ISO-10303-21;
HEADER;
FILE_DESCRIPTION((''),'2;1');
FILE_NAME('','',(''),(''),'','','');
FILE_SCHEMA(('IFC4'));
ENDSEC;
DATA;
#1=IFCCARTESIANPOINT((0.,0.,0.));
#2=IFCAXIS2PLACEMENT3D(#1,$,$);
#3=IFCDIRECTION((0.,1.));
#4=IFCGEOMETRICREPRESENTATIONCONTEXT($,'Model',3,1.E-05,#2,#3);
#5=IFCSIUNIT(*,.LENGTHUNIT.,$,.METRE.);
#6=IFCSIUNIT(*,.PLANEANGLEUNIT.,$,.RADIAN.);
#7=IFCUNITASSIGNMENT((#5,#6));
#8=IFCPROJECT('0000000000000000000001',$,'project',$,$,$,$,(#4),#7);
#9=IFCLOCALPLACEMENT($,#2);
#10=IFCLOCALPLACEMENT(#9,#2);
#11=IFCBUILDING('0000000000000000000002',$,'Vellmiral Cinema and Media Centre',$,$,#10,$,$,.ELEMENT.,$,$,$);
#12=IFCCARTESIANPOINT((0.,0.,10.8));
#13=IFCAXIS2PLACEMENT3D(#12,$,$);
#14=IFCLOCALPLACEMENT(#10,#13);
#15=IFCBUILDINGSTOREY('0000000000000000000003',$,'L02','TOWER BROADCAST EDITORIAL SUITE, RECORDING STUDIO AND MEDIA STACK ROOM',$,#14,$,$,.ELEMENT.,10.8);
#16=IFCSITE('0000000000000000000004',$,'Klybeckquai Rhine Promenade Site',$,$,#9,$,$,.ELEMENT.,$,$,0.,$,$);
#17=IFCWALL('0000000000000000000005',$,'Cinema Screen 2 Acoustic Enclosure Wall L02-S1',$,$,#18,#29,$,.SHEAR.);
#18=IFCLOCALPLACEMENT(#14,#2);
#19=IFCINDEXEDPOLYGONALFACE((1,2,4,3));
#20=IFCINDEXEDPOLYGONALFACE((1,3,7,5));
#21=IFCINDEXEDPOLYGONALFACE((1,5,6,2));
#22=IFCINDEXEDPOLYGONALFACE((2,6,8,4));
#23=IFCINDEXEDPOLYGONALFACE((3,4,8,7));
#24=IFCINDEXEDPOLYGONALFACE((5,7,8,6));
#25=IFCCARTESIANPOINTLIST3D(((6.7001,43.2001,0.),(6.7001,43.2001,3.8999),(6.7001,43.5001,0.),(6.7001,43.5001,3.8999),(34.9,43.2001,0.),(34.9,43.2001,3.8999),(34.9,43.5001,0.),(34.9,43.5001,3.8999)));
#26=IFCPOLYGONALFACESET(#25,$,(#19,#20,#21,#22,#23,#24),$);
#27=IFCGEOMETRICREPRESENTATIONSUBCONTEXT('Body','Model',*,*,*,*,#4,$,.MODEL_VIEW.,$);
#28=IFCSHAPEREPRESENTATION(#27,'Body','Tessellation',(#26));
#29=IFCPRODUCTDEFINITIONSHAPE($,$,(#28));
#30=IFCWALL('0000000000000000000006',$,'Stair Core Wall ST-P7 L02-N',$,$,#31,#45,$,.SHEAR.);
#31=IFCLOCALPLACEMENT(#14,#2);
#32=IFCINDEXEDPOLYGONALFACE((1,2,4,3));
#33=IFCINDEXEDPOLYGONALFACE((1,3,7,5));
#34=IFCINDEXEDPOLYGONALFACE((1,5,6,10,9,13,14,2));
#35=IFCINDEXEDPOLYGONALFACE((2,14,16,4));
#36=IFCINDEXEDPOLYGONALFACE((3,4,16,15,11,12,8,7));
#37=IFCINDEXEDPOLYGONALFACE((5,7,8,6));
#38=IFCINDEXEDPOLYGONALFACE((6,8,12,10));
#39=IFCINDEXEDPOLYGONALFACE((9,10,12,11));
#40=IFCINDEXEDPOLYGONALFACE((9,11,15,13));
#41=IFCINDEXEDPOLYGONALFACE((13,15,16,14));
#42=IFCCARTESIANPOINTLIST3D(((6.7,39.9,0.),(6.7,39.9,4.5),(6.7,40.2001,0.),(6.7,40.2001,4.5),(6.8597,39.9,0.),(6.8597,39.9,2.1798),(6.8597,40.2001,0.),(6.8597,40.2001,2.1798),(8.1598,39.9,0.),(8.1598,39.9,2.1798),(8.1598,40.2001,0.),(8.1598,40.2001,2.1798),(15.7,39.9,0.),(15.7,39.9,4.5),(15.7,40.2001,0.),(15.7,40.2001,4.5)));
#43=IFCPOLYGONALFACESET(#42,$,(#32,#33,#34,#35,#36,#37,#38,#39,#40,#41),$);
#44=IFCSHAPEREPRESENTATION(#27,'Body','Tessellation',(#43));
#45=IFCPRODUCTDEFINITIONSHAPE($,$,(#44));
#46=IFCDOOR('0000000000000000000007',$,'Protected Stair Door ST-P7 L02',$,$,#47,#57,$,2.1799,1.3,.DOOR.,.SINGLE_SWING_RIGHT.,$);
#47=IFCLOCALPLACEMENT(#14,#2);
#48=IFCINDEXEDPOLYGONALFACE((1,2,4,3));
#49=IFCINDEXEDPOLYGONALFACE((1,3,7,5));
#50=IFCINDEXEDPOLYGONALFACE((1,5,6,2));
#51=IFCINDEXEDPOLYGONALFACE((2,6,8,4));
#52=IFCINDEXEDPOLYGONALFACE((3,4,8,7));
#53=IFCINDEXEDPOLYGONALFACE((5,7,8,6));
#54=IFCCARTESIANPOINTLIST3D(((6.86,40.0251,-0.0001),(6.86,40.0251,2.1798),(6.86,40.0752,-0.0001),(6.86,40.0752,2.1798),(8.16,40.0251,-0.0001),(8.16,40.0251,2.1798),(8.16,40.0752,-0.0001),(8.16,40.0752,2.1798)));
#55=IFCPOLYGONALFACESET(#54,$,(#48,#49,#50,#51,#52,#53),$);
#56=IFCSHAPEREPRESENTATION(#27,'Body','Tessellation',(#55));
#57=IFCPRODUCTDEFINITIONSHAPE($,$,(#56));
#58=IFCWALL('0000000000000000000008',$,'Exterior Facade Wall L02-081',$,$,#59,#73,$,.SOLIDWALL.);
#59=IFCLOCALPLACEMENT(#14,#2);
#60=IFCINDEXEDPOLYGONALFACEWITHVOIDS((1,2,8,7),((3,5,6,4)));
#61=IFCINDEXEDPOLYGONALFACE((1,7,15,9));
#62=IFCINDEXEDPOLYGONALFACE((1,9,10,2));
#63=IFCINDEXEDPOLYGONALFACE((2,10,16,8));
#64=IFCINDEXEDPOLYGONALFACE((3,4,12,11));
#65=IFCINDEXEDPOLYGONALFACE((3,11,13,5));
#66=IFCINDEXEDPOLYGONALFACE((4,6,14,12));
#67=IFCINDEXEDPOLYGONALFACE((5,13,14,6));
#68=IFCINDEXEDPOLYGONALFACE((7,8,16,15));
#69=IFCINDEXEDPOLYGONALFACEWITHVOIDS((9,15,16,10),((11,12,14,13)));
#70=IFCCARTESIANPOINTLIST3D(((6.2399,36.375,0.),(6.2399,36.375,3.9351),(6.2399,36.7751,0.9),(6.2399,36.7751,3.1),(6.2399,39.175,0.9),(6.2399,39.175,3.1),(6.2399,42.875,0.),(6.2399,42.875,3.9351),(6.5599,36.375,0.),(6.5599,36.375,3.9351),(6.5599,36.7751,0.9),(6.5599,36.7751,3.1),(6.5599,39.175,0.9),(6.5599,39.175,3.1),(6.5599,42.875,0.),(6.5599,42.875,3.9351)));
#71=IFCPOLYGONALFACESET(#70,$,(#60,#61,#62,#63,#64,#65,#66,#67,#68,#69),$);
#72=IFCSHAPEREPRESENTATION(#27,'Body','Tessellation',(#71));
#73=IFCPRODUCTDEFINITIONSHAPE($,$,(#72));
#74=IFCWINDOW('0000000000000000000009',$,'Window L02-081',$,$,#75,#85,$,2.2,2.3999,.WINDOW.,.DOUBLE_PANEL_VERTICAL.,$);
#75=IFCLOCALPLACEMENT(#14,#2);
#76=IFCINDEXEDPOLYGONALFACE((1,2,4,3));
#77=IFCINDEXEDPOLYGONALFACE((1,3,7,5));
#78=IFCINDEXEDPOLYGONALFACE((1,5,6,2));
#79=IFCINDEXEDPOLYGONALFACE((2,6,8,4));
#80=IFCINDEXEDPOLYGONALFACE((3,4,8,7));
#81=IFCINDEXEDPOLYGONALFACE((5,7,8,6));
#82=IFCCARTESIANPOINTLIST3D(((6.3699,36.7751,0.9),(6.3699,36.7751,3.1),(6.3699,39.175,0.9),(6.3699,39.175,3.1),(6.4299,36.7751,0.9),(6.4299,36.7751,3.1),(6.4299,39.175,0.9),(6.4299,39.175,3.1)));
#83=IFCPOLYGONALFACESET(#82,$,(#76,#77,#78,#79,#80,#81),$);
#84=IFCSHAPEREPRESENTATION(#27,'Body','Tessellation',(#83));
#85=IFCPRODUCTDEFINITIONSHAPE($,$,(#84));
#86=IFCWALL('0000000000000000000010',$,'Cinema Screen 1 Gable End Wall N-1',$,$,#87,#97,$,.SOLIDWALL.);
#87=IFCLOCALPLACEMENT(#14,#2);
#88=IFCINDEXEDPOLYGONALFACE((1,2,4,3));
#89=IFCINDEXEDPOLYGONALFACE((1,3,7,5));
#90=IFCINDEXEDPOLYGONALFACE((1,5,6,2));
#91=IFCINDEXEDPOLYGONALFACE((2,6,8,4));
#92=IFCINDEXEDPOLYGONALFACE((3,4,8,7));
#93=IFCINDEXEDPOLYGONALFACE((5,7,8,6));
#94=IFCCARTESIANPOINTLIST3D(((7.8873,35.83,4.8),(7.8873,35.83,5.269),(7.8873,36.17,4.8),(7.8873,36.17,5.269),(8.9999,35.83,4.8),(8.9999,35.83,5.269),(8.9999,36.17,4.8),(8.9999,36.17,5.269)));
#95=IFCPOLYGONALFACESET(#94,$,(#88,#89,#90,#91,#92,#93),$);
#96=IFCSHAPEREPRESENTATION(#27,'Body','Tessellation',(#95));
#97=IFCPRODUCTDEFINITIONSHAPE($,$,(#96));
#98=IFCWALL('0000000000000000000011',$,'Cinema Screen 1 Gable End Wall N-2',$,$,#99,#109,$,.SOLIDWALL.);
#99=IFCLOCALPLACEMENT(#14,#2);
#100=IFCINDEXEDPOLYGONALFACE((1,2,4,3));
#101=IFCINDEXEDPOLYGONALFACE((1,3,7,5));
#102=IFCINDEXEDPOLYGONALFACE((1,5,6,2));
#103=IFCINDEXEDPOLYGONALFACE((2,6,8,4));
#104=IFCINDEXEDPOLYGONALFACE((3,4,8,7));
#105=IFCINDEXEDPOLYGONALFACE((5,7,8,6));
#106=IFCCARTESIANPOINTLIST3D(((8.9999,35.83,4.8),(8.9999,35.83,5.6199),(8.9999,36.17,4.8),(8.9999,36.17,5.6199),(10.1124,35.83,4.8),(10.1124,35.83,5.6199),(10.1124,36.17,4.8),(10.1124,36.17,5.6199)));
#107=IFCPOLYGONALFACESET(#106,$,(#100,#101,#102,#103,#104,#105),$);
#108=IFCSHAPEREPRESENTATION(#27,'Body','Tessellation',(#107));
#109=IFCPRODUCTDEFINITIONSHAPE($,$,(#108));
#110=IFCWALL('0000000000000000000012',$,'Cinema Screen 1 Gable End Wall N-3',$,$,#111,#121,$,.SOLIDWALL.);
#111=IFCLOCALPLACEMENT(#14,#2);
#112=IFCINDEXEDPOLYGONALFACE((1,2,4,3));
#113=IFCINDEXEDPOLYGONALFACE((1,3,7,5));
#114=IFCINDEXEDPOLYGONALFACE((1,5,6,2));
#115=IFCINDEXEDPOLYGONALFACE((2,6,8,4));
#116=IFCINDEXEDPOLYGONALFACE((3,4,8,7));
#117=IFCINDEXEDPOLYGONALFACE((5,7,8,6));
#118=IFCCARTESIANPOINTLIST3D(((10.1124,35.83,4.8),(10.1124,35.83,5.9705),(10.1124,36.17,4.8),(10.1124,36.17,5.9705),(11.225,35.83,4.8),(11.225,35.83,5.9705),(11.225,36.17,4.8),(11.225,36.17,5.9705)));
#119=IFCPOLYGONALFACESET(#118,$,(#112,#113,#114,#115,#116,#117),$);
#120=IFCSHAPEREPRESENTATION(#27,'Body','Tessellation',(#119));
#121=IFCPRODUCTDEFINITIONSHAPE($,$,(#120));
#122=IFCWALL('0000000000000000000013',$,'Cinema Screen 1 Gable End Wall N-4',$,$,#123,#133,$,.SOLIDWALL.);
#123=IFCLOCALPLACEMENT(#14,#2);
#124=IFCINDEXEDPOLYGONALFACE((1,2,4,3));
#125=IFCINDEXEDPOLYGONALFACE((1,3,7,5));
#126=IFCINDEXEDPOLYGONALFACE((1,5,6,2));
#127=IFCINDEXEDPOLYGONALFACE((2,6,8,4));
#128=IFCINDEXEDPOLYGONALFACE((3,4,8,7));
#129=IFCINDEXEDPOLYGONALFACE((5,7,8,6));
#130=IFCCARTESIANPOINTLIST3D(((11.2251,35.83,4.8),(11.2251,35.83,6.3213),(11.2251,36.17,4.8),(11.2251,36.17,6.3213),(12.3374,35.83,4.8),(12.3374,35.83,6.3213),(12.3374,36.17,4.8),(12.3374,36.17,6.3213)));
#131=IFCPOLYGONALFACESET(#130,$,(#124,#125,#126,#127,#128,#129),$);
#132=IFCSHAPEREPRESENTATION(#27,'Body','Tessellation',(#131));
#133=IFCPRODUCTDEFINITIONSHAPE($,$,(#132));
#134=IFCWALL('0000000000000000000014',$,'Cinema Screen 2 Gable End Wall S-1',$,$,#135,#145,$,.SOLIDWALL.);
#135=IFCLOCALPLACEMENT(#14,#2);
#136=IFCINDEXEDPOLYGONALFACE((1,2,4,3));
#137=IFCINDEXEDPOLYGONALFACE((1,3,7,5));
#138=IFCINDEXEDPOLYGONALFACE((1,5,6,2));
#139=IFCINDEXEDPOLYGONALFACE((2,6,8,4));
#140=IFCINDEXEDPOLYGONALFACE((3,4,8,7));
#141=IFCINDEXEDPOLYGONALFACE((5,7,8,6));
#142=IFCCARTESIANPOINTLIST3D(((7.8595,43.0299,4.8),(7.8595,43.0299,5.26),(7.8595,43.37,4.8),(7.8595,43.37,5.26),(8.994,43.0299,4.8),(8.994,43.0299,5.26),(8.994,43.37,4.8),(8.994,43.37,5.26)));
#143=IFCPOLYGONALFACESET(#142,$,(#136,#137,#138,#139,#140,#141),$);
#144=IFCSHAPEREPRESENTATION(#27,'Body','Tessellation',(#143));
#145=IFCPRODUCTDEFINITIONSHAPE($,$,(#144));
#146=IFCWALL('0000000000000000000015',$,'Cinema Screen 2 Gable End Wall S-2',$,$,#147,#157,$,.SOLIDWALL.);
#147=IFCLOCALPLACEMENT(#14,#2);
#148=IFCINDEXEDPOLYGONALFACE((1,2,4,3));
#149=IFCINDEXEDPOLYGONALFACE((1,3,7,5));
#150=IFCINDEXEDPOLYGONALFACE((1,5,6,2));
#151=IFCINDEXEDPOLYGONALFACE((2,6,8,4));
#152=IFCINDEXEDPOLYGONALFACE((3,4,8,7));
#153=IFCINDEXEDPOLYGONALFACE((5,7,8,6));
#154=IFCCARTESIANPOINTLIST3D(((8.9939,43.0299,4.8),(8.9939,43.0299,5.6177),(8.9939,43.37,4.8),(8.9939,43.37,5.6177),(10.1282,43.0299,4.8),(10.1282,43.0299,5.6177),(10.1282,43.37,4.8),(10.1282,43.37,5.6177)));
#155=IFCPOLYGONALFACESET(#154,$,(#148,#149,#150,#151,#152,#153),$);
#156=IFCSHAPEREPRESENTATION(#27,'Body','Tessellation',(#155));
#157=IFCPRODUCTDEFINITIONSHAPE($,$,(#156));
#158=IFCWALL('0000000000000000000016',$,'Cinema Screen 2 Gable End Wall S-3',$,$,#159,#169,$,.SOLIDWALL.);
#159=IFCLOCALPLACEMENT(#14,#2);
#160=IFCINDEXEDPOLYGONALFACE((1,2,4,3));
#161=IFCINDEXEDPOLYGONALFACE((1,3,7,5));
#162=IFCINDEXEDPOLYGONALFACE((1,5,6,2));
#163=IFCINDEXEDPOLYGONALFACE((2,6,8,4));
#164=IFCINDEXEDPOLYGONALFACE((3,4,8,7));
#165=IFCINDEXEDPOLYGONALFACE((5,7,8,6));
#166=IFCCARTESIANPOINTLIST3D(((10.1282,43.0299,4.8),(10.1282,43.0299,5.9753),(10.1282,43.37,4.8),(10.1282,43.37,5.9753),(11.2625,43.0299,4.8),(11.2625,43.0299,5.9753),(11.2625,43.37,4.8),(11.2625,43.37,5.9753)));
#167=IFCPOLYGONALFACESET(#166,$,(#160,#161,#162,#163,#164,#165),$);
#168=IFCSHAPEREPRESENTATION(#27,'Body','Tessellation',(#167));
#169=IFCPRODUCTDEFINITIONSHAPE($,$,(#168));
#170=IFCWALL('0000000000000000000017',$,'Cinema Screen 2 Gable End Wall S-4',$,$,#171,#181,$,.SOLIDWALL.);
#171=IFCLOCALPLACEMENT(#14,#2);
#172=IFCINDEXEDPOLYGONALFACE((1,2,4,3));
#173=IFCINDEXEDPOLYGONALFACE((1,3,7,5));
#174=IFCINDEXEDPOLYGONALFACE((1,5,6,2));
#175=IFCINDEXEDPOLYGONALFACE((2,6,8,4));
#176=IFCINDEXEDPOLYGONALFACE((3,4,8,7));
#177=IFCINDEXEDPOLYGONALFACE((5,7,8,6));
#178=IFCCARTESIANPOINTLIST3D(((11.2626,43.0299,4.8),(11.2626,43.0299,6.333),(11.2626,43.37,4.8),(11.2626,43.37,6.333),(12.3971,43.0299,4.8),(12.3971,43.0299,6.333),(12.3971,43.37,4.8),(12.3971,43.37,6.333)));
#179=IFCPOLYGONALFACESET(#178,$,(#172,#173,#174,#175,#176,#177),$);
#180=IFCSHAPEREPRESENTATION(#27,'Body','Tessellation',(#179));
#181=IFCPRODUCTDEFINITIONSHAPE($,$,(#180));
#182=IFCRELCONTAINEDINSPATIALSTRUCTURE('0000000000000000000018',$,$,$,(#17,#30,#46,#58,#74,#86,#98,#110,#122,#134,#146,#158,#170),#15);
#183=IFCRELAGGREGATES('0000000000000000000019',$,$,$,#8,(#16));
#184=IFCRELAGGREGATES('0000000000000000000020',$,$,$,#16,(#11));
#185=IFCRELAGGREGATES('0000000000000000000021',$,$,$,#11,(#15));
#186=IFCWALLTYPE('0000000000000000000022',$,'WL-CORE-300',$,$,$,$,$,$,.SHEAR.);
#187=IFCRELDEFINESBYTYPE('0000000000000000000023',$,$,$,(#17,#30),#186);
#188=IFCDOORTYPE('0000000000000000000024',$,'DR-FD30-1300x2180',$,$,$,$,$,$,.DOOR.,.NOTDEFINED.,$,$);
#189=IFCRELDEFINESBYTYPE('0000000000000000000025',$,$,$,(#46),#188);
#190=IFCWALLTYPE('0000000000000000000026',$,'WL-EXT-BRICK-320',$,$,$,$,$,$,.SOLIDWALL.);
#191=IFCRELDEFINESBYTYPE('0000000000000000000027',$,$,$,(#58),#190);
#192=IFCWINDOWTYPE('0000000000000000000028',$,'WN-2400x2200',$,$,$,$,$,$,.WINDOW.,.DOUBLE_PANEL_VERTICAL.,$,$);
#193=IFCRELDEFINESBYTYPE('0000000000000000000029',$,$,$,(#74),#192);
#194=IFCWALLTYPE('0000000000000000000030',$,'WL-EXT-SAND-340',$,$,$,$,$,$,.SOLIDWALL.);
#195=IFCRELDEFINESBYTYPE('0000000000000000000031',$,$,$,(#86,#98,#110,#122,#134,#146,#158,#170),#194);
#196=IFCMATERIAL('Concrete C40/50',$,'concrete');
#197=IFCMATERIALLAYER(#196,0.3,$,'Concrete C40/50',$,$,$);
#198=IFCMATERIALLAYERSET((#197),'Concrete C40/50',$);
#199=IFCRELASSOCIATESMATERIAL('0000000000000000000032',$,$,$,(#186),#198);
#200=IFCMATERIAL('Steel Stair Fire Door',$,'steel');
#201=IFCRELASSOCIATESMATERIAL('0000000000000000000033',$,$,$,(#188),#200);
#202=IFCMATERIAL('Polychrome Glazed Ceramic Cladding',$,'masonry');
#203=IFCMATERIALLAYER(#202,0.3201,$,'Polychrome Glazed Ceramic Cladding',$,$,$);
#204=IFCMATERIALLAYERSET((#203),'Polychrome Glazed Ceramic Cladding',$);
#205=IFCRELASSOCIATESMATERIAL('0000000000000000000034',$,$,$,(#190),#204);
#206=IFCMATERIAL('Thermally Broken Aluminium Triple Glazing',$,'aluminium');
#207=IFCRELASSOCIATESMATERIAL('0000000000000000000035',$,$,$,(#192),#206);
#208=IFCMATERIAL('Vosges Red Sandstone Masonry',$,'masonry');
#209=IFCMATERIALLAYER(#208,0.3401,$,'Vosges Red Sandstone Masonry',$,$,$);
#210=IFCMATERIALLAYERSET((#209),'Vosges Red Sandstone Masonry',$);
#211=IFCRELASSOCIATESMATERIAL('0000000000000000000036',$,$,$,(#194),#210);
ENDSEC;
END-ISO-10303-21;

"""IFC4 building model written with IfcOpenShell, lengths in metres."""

from ifc_helpers import new_model, si_unit, direction, frame, frame_2d, origin, place, context, subcontext, project, spatial, rectangle, extrude, material, layer, layer_set, type_object, element, fill, save


model = new_model("IFC4")

# Units and contexts
model_context = context("Model", 3, precision=1e-05, world=origin(), true_north=direction((0.0, 1.0)))
body_context = subcontext(model_context, "Body", "Model", "MODEL_VIEW")
ifc_project = project(units=[si_unit("LENGTHUNIT", "METRE"), si_unit("PLANEANGLEUNIT", "RADIAN")], contexts=[model_context])

# Site, building, storey
site_placement = place(None, origin())
site = spatial("IfcSite", under=ifc_project, at=site_placement, Name="Klybeckquai Rhine Promenade Site", CompositionType="ELEMENT", RefElevation=0.0)
building_placement = place(site_placement, origin())
building = spatial("IfcBuilding", under=site, at=building_placement, Name="Vellmiral Cinema and Media Centre", CompositionType="ELEMENT")
storey_placement = place(building_placement, frame((0.0, 0.0, 10.8)))
storey = spatial("IfcBuildingStorey", under=building, at=storey_placement, Name="L02", Description="TOWER BROADCAST EDITORIAL SUITE, RECORDING STUDIO AND MEDIA STACK ROOM", CompositionType="ELEMENT", Elevation=10.8)

# Wall
ifc_material_1 = material(Name="Concrete C40/50", Category="concrete")
ifc_layer_1 = layer(ifc_material_1, 0.3, Name="Concrete C40/50")
ifc_layer_set_1 = layer_set([ifc_layer_1], Name="Concrete C40/50")
wall_type_1 = type_object("IfcWallType", Name="WL-CORE-300", PredefinedType="SHEAR", material=ifc_layer_set_1)
wall_1_placement = place(storey_placement, frame((6.7, 43.3501, 0.0), z_axis=(0.0, 0.0, 1.0), x_axis=(1.0, 0.0, 0.0)))
element("IfcWall", 1, at=wall_1_placement, inside=storey, type_object=wall_type_1, Name="Cinema Screen 2 Acoustic Enclosure Wall L02-S1", PredefinedType="SHEAR", context=body_context, shape_type="SweptSolid", body=[
    extrude(rectangle(XDim=28.2, YDim=0.3, at=frame_2d((14.1001, 0.0))), origin(), (0.0, 0.0, 1.0), 3.8999),
])

# Wall, opening, door
wall_2_placement = place(storey_placement, frame((6.7, 40.05, 0.0), z_axis=(0.0, 0.0, 1.0), x_axis=(1.0, 0.0, 0.0)))
wall_2 = element("IfcWall", 2, at=wall_2_placement, inside=storey, type_object=wall_type_1, Name="Stair Core Wall ST-P7 L02-N", PredefinedType="SHEAR", context=body_context, shape_type="SweptSolid", body=[
    extrude(rectangle(XDim=9.0, YDim=0.3, at=frame_2d((4.5, 0.0))), origin(), (0.0, 0.0, 1.0), 4.5),
])
opening_1_placement = place(wall_2_placement, frame((0.1599, 0.0, 0.0)))
opening_1 = element("IfcOpeningElement", 3, at=opening_1_placement, cuts=wall_2, PredefinedType="OPENING", context=body_context, shape_type="SweptSolid", body=[
    extrude(rectangle(XDim=1.3, YDim=2.1799, at=frame_2d((0.6499, 1.0898))), frame((0.0, 0.1621, 0.0), z_axis=(0.0, -1.0, 0.0), x_axis=(1.0, 0.0, 0.0)), (0.0, 0.0, 1.0), 0.324),
])
ifc_material_2 = material(Name="Steel Stair Fire Door", Category="steel")
door_type = type_object("IfcDoorType", Name="DR-FD30-1300x2180", OperationType="NOTDEFINED", PredefinedType="DOOR", material=ifc_material_2)
door_placement = place(opening_1_placement, frame((1.3, 0.0, 0.0), z_axis=(0.0, 0.0, 1.0), x_axis=(-1.0, 0.0, 0.0)))
door = element("IfcDoor", 4, at=door_placement, inside=storey, type_object=door_type, Name="Protected Stair Door ST-P7 L02", OperationType="SINGLE_SWING_RIGHT", OverallHeight=2.1799, OverallWidth=1.3, PredefinedType="DOOR", context=body_context, shape_type="SweptSolid", body=[
    extrude(rectangle(XDim=1.3, YDim=2.1799, at=frame_2d((0.6499, 1.0898))), frame((0.0, 0.0249, 0.0), z_axis=(0.0, -1.0, 0.0), x_axis=(1.0, 0.0, 0.0)), (0.0, 0.0, 1.0), 0.05),
])
fill(opening_1, door)

# Wall, opening, window
ifc_material_3 = material(Name="Polychrome Glazed Ceramic Cladding", Category="masonry")
ifc_layer_2 = layer(ifc_material_3, 0.3201, Name="Polychrome Glazed Ceramic Cladding")
ifc_layer_set_2 = layer_set([ifc_layer_2], Name="Polychrome Glazed Ceramic Cladding")
wall_type_2 = type_object("IfcWallType", Name="WL-EXT-BRICK-320", PredefinedType="SOLIDWALL", material=ifc_layer_set_2)
wall_3_placement = place(storey_placement, frame((6.3999, 42.875, 0.0), z_axis=(0.0, 0.0, 1.0), x_axis=(0.0, -1.0, 0.0)))
wall_3 = element("IfcWall", 5, at=wall_3_placement, inside=storey, type_object=wall_type_2, Name="Exterior Facade Wall L02-081", PredefinedType="SOLIDWALL", context=body_context, shape_type="SweptSolid", body=[
    extrude(rectangle(XDim=6.5, YDim=0.3201, at=frame_2d((3.25, 0.0))), origin(), (0.0, 0.0, 1.0), 3.9351),
])
opening_2_placement = place(wall_3_placement, frame((3.7, 0.0, 0.8999)))
opening_2 = element("IfcOpeningElement", 6, at=opening_2_placement, cuts=wall_3, PredefinedType="OPENING", context=body_context, shape_type="SweptSolid", body=[
    extrude(rectangle(XDim=2.3999, YDim=2.2, at=frame_2d((1.2, 1.1001))), frame((0.0, 0.1719, 0.0), z_axis=(0.0, -1.0, 0.0), x_axis=(1.0, 0.0, 0.0)), (0.0, 0.0, 1.0), 0.344),
])
ifc_material_4 = material(Name="Thermally Broken Aluminium Triple Glazing", Category="aluminium")
window_type = type_object("IfcWindowType", Name="WN-2400x2200", PartitioningType="DOUBLE_PANEL_VERTICAL", PredefinedType="WINDOW", material=ifc_material_4)
window_placement = place(opening_2_placement, origin())
window = element("IfcWindow", 7, at=window_placement, inside=storey, type_object=window_type, Name="Window L02-081", OverallHeight=2.2, OverallWidth=2.3999, PartitioningType="DOUBLE_PANEL_VERTICAL", PredefinedType="WINDOW", context=body_context, shape_type="SweptSolid", body=[
    extrude(rectangle(XDim=2.3999, YDim=2.2, at=frame_2d((1.2, 1.1001))), frame((0.0, 0.03, 0.0), z_axis=(0.0, -1.0, 0.0), x_axis=(1.0, 0.0, 0.0)), (0.0, 0.0, 1.0), 0.0601),
])
fill(opening_2, window)

# Walls
ifc_material_5 = material(Name="Vosges Red Sandstone Masonry", Category="masonry")
ifc_layer_3 = layer(ifc_material_5, 0.3401, Name="Vosges Red Sandstone Masonry")
ifc_layer_set_3 = layer_set([ifc_layer_3], Name="Vosges Red Sandstone Masonry")
wall_type_3 = type_object("IfcWallType", Name="WL-EXT-SAND-340", PredefinedType="SOLIDWALL", material=ifc_layer_set_3)
wall_4_placement = place(storey_placement, frame((7.8875, 36.0, 4.8), z_axis=(0.0, 0.0, 1.0), x_axis=(1.0, 0.0, 0.0)))
element("IfcWall", 8, at=wall_4_placement, inside=storey, type_object=wall_type_3, Name="Cinema Screen 1 Gable End Wall N-1", PredefinedType="SOLIDWALL", context=body_context, shape_type="SweptSolid", body=[
    extrude(rectangle(XDim=1.1125, YDim=0.3401, at=frame_2d((0.5562, 0.0))), origin(), (0.0, 0.0, 1.0), 0.469),
])
wall_5_placement = place(storey_placement, frame((9.0, 36.0, 4.8), z_axis=(0.0, 0.0, 1.0), x_axis=(1.0, 0.0, 0.0)))
element("IfcWall", 9, at=wall_5_placement, inside=storey, type_object=wall_type_3, Name="Cinema Screen 1 Gable End Wall N-2", PredefinedType="SOLIDWALL", context=body_context, shape_type="SweptSolid", body=[
    extrude(rectangle(XDim=1.1125, YDim=0.3401, at=frame_2d((0.5562, 0.0))), origin(), (0.0, 0.0, 1.0), 0.8198),
])
wall_6_placement = place(storey_placement, frame((10.1125, 36.0, 4.8), z_axis=(0.0, 0.0, 1.0), x_axis=(1.0, 0.0, 0.0)))
element("IfcWall", 10, at=wall_6_placement, inside=storey, type_object=wall_type_3, Name="Cinema Screen 1 Gable End Wall N-3", PredefinedType="SOLIDWALL", context=body_context, shape_type="SweptSolid", body=[
    extrude(rectangle(XDim=1.1125, YDim=0.3401, at=frame_2d((0.5562, 0.0))), origin(), (0.0, 0.0, 1.0), 1.1704),
])
wall_7_placement = place(storey_placement, frame((11.2251, 36.0, 4.8), z_axis=(0.0, 0.0, 1.0), x_axis=(1.0, 0.0, 0.0)))
element("IfcWall", 11, at=wall_7_placement, inside=storey, type_object=wall_type_3, Name="Cinema Screen 1 Gable End Wall N-4", PredefinedType="SOLIDWALL", context=body_context, shape_type="SweptSolid", body=[
    extrude(rectangle(XDim=1.1123, YDim=0.3401, at=frame_2d((0.5562, 0.0))), origin(), (0.0, 0.0, 1.0), 1.5212),
])
wall_8_placement = place(storey_placement, frame((7.8594, 43.2, 4.8), z_axis=(0.0, 0.0, 1.0), x_axis=(1.0, 0.0, 0.0)))
element("IfcWall", 12, at=wall_8_placement, inside=storey, type_object=wall_type_3, Name="Cinema Screen 2 Gable End Wall S-1", PredefinedType="SOLIDWALL", context=body_context, shape_type="SweptSolid", body=[
    extrude(rectangle(XDim=1.1345, YDim=0.3401, at=frame_2d((0.5674, 0.0))), origin(), (0.0, 0.0, 1.0), 0.46),
])
wall_9_placement = place(storey_placement, frame((8.9939, 43.2, 4.8), z_axis=(0.0, 0.0, 1.0), x_axis=(1.0, 0.0, 0.0)))
element("IfcWall", 13, at=wall_9_placement, inside=storey, type_object=wall_type_3, Name="Cinema Screen 2 Gable End Wall S-2", PredefinedType="SOLIDWALL", context=body_context, shape_type="SweptSolid", body=[
    extrude(rectangle(XDim=1.1343, YDim=0.3401, at=frame_2d((0.5671, 0.0))), origin(), (0.0, 0.0, 1.0), 0.8176),
])
wall_10_placement = place(storey_placement, frame((10.1282, 43.2, 4.8), z_axis=(0.0, 0.0, 1.0), x_axis=(1.0, 0.0, 0.0)))
element("IfcWall", 14, at=wall_10_placement, inside=storey, type_object=wall_type_3, Name="Cinema Screen 2 Gable End Wall S-3", PredefinedType="SOLIDWALL", context=body_context, shape_type="SweptSolid", body=[
    extrude(rectangle(XDim=1.1343, YDim=0.3401, at=frame_2d((0.5671, 0.0))), origin(), (0.0, 0.0, 1.0), 1.1753),
])
wall_11_placement = place(storey_placement, frame((11.2625, 43.2, 4.8), z_axis=(0.0, 0.0, 1.0), x_axis=(1.0, 0.0, 0.0)))
element("IfcWall", 15, at=wall_11_placement, inside=storey, type_object=wall_type_3, Name="Cinema Screen 2 Gable End Wall S-4", PredefinedType="SOLIDWALL", context=body_context, shape_type="SweptSolid", body=[
    extrude(rectangle(XDim=1.1345, YDim=0.3401, at=frame_2d((0.5674, 0.0))), origin(), (0.0, 0.0, 1.0), 1.533),
])

save(model, "model.ifc")
